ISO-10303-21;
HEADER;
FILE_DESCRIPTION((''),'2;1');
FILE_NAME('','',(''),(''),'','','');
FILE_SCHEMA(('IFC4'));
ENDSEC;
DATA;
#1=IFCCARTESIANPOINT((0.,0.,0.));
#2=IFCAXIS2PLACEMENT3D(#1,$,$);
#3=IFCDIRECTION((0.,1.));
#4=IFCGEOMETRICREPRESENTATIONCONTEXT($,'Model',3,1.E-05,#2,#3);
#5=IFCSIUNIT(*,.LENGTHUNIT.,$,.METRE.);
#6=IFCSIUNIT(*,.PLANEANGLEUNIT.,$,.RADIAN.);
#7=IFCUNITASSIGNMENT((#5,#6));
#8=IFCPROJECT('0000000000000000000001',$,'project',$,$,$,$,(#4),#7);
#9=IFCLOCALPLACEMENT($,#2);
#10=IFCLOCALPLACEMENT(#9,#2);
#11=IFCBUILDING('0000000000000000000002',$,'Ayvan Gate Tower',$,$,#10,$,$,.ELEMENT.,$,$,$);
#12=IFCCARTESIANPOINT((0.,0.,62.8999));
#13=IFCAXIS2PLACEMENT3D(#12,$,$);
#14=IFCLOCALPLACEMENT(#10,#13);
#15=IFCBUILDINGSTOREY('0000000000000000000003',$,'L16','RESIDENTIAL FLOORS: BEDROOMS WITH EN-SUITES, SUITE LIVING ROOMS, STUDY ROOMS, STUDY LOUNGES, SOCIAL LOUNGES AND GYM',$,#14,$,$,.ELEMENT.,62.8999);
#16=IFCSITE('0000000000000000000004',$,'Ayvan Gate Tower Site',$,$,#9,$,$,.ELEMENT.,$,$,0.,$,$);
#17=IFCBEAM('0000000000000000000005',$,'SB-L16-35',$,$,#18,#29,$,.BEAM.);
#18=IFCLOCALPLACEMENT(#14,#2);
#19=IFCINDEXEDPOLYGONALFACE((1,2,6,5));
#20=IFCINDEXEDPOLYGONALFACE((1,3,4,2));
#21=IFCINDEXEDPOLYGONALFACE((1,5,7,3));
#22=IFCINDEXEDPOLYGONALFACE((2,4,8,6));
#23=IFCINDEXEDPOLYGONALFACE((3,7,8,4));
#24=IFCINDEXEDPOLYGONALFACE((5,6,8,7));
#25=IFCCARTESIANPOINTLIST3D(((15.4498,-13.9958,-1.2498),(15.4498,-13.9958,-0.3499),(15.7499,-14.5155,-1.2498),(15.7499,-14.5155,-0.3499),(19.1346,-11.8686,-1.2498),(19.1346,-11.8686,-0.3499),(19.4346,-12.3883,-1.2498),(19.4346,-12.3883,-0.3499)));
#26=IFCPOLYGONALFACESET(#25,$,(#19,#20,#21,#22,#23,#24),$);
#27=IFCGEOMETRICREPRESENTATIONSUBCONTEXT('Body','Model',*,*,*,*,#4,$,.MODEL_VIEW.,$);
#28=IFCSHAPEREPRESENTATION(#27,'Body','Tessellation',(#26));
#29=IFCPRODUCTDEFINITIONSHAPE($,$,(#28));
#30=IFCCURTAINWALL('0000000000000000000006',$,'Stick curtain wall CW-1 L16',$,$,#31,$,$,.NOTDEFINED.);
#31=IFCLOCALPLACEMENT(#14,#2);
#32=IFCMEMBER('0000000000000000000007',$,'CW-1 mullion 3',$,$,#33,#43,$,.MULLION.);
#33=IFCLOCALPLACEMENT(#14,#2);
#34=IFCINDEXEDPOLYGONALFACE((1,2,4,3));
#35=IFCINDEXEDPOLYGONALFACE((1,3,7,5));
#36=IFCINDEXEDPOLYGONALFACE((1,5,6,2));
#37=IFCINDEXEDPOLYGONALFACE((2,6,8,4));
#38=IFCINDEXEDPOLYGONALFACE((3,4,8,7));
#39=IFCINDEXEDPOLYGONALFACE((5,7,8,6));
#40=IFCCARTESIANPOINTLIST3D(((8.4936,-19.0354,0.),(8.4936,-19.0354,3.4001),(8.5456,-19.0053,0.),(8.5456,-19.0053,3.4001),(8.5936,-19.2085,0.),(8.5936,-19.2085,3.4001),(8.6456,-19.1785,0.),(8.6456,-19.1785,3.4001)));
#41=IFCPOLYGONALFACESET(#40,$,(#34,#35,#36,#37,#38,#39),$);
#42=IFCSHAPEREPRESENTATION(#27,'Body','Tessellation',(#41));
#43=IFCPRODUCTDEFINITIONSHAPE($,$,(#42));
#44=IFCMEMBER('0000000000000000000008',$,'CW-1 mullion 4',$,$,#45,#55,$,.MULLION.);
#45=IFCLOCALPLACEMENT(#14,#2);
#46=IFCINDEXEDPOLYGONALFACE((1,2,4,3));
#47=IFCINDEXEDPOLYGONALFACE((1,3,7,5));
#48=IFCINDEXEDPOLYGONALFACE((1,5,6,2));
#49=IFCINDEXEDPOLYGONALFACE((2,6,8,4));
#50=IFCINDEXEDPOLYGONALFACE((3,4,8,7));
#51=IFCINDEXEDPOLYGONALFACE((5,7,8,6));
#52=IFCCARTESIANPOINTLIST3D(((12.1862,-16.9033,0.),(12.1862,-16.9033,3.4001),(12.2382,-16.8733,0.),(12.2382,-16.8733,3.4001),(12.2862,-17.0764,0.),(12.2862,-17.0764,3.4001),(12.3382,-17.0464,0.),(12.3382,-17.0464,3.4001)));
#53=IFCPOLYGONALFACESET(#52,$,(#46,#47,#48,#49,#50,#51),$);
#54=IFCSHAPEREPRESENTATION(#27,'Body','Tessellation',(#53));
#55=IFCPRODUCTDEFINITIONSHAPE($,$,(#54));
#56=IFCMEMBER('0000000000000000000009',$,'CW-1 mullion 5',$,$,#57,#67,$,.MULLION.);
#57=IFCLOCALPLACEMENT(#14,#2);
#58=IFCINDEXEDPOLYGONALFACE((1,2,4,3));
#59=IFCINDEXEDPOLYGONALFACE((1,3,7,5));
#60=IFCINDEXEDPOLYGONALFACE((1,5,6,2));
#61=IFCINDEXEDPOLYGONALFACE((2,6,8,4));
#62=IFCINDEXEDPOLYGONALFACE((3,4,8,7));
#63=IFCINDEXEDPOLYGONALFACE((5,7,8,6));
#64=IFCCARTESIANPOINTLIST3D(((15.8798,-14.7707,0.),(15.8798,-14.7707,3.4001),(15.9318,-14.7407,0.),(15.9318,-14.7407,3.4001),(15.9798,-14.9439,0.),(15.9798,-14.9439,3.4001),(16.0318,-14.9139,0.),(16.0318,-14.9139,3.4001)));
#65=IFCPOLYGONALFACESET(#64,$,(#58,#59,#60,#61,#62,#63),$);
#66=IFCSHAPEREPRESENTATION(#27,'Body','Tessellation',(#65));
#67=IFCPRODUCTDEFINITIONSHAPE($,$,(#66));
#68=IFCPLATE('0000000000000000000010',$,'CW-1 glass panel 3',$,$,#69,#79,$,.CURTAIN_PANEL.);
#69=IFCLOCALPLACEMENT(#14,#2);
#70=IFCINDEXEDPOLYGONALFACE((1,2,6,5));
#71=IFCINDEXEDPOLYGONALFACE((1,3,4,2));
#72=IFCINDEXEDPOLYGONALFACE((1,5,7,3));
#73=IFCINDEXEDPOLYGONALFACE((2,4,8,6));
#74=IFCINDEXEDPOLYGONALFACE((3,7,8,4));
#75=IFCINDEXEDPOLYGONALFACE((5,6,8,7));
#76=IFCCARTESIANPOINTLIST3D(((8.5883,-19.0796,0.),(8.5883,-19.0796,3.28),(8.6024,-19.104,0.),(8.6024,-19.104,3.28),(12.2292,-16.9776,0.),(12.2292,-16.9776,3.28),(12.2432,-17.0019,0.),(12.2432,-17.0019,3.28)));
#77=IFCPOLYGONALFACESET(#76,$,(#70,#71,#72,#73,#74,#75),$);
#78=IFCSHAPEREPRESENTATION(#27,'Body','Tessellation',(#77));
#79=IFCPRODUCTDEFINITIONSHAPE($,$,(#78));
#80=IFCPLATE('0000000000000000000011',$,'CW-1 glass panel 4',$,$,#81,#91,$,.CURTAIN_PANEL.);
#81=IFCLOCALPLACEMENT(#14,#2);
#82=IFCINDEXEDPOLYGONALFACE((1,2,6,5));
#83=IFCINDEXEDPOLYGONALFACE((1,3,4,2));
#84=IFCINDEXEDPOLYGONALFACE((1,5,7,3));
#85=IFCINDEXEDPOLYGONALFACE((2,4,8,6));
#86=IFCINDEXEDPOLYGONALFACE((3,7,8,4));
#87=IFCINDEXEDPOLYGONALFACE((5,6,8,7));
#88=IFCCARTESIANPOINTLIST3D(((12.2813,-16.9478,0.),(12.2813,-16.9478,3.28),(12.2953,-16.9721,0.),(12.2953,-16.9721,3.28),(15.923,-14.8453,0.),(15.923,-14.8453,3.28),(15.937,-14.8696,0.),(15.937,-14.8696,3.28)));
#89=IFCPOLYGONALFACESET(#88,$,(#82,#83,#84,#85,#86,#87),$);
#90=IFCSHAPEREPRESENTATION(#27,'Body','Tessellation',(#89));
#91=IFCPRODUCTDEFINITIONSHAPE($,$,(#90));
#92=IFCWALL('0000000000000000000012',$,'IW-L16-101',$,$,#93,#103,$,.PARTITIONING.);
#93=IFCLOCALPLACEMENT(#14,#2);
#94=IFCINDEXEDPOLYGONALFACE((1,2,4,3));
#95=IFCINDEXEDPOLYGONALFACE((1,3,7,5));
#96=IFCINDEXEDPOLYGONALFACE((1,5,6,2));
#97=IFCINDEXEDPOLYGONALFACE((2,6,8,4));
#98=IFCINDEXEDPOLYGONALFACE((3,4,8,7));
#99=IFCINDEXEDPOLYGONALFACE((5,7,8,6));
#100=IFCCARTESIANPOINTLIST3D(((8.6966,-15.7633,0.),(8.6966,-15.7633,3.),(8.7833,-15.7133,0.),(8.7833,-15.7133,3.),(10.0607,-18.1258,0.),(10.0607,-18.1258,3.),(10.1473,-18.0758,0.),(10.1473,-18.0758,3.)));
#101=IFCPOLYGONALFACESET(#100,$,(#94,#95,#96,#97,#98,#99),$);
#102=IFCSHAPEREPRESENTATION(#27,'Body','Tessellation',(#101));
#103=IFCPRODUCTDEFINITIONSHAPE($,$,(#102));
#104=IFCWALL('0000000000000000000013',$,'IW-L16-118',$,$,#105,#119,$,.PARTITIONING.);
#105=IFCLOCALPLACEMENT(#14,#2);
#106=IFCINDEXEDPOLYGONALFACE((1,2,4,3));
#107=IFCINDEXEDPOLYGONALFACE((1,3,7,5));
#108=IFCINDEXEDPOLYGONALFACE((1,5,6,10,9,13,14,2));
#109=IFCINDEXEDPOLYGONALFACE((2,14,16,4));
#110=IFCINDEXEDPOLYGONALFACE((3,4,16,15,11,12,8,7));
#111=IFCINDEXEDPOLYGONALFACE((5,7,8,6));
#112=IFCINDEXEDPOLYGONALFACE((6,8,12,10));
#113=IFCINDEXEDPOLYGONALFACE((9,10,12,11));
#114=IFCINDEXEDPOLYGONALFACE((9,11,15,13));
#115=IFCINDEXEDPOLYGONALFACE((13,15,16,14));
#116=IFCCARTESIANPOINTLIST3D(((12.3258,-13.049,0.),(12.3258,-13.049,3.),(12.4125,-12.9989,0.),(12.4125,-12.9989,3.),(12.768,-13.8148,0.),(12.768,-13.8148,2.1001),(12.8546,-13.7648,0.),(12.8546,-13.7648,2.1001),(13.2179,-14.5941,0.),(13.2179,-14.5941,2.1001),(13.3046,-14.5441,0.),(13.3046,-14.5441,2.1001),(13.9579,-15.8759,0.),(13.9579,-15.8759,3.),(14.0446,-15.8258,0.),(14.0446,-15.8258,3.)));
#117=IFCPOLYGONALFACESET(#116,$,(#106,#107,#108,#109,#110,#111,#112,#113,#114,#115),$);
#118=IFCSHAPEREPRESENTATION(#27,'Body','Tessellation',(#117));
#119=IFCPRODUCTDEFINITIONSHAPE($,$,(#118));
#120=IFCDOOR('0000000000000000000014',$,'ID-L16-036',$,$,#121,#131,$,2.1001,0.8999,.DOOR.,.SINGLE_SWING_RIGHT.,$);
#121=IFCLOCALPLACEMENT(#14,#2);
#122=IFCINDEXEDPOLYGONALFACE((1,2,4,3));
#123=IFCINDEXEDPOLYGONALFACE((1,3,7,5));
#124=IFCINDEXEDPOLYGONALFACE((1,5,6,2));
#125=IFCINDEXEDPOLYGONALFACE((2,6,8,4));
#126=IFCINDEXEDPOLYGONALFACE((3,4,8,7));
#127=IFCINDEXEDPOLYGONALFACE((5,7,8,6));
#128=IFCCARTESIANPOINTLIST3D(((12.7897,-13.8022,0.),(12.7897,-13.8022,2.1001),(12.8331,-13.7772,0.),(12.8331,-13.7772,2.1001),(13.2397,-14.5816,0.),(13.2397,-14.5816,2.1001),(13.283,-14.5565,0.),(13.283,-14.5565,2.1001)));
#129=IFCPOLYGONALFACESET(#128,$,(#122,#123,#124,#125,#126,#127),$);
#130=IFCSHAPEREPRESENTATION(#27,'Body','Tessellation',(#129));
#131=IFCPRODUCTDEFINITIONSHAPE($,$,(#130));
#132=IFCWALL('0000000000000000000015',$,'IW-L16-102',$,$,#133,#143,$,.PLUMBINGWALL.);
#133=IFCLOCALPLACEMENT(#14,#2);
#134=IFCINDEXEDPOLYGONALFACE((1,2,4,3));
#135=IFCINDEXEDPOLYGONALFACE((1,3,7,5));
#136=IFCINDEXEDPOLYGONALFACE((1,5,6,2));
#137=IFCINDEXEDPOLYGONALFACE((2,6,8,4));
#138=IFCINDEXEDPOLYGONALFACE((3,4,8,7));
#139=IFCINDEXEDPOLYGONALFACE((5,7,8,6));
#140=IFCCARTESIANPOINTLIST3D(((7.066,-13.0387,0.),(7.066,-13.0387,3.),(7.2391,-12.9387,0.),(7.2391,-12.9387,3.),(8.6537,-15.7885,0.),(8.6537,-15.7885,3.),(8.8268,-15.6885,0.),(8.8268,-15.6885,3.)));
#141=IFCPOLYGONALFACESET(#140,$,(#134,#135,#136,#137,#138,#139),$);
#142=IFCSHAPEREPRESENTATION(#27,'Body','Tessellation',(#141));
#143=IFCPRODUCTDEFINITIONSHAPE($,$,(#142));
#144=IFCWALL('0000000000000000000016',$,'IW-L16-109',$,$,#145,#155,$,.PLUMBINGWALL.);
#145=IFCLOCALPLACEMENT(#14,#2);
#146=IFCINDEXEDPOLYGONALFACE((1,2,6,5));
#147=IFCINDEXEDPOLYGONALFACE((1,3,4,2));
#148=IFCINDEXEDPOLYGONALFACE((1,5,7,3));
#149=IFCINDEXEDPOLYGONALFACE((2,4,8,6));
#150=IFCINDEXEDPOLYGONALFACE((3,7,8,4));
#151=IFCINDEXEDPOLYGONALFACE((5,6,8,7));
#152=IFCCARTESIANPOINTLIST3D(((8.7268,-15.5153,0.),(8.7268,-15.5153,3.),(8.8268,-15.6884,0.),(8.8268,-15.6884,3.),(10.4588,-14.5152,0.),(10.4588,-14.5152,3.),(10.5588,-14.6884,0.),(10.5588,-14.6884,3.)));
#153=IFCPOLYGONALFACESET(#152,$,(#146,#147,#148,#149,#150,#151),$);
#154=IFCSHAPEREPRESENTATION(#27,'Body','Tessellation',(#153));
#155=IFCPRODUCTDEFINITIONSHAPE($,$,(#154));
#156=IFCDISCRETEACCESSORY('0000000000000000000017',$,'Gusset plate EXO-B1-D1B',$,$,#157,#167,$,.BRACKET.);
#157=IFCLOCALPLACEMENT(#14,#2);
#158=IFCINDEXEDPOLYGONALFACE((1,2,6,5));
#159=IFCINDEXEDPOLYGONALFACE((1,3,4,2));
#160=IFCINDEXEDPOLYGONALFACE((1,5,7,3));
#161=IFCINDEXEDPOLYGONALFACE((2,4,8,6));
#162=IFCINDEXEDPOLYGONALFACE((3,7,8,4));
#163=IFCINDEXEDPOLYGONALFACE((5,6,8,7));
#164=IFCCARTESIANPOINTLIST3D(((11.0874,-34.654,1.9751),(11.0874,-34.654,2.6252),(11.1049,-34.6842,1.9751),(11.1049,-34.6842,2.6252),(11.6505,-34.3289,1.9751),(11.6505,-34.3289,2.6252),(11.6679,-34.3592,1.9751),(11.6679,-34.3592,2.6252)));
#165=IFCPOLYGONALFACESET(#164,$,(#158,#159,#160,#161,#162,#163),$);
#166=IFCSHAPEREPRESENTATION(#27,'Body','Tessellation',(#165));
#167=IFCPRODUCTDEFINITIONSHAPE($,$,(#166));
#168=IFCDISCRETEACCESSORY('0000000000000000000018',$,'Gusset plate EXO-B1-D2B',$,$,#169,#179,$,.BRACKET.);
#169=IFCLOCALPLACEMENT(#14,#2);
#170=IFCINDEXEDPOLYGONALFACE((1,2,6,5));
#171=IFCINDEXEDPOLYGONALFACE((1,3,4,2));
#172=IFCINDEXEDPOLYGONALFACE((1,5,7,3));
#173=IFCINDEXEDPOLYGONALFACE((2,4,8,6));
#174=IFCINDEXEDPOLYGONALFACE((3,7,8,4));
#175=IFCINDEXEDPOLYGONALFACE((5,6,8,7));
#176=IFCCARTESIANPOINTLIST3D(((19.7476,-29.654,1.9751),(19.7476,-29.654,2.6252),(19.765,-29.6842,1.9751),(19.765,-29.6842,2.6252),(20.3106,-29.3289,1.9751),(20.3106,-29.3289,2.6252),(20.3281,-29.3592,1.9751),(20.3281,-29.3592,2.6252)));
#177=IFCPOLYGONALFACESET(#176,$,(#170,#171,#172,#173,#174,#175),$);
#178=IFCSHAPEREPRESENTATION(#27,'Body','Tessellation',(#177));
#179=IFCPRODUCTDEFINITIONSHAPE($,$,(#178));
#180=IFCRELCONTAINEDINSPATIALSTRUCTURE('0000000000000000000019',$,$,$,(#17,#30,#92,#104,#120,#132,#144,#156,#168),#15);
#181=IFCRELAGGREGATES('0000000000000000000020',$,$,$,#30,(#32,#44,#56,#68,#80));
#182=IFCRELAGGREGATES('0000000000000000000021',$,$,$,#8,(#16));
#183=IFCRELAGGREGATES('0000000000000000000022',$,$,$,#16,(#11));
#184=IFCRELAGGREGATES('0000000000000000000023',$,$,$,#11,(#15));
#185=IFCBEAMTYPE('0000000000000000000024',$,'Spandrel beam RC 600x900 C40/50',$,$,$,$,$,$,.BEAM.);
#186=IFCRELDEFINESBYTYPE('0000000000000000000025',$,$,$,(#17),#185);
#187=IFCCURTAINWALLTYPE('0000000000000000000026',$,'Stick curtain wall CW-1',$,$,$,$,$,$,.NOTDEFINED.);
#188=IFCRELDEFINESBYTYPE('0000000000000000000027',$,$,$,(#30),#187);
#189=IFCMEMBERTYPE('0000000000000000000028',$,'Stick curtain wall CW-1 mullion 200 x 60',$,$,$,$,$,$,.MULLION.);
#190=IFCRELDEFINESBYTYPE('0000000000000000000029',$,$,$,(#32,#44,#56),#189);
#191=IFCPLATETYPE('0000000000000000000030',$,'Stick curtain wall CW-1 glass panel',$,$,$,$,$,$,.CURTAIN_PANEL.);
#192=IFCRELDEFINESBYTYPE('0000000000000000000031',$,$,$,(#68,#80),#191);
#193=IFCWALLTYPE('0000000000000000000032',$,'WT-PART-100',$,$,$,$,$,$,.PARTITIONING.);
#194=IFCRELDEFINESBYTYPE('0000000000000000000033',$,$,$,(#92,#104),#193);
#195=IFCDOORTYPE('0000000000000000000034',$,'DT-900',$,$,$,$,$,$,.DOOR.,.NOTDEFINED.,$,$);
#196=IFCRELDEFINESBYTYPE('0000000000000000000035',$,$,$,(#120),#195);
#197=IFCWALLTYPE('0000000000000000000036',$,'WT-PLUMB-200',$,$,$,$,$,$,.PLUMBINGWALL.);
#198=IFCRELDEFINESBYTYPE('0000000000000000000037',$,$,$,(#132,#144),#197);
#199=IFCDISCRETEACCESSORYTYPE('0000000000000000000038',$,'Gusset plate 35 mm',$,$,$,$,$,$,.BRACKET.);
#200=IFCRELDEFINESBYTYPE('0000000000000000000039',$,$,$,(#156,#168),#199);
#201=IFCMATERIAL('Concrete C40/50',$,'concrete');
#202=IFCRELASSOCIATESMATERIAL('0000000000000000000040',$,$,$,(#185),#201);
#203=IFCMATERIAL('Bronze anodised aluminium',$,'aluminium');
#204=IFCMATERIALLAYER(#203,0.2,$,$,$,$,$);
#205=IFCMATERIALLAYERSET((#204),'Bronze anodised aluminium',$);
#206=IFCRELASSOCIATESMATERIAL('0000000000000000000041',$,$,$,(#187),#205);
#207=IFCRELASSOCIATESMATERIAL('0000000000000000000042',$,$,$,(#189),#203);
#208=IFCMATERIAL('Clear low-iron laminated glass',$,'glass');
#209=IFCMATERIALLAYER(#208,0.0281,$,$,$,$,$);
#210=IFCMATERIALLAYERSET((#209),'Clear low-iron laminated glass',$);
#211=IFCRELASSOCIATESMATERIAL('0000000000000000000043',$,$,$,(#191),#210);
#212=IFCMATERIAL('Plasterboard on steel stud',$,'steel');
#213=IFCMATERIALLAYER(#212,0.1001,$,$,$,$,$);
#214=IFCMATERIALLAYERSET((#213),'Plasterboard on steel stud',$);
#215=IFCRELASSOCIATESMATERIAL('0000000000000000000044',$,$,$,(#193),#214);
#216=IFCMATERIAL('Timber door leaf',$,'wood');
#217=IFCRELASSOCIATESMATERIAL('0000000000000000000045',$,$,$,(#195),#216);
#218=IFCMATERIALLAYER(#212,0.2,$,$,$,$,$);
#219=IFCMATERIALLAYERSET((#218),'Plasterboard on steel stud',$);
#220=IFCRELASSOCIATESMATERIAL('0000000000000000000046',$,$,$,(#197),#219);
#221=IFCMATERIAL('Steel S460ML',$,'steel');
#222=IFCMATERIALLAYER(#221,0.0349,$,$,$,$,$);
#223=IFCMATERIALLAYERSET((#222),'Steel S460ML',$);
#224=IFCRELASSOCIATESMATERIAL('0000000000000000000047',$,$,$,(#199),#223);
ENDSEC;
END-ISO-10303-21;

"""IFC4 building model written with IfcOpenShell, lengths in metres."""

from ifc_helpers import new_model, si_unit, direction, frame, frame_2d, origin, origin_2d, place, context, subcontext, project, spatial, rectangle, extrude, material, layer, layer_set, material_profile, profile_set, type_object, element, fill, aggregate, save


model = new_model("IFC4")

# Units and contexts
model_context = context("Model", 3, precision=1e-05, world=origin(), true_north=direction((0.0, 1.0)))
body_context = subcontext(model_context, "Body", "Model", "MODEL_VIEW")
ifc_project = project(units=[si_unit("LENGTHUNIT", "METRE"), si_unit("PLANEANGLEUNIT", "RADIAN")], contexts=[model_context])

# Site, building, storey
site_placement = place(None, origin())
site = spatial("IfcSite", under=ifc_project, at=site_placement, Name="Ayvan Gate Tower Site", CompositionType="ELEMENT", RefElevation=0.0)
building_placement = place(site_placement, origin())
building = spatial("IfcBuilding", under=site, at=building_placement, Name="Ayvan Gate Tower", CompositionType="ELEMENT")
storey_placement = place(building_placement, frame((0.0, 0.0, 62.8999)))
storey = spatial("IfcBuildingStorey", under=building, at=storey_placement, Name="L16", Description="RESIDENTIAL FLOORS: BEDROOMS WITH EN-SUITES, SUITE LIVING ROOMS, STUDY ROOMS, STUDY LOUNGES, SOCIAL LOUNGES AND GYM", CompositionType="ELEMENT", Elevation=62.8999)

# Beam
ifc_material_1 = material(Name="Concrete C40/50", Category="concrete")
ifc_material_profile_1 = material_profile(ifc_material_1, rectangle(XDim=0.6001, YDim=0.8999, at=origin_2d()), Name="RC 600x900")
ifc_profile_set_1 = profile_set([ifc_material_profile_1], Name="Concrete C40/50")
beam_type = type_object("IfcBeamType", Name="Spandrel beam RC 600x900 C40/50", PredefinedType="BEAM", material=ifc_profile_set_1)
for number, where, z_axis, x_axis, name in (
    (1, (15.5999, -14.2556, -0.7998), (0.866049, 0.499959, 0.0), (-0.499959, 0.866049, 0.0), "SB-L16-35"),
):
    element("IfcBeam", number, at=place(storey_placement, frame(where, z_axis=z_axis, x_axis=x_axis)), inside=storey, type_object=beam_type, Name=name, PredefinedType="BEAM", context=body_context, shape_type="SweptSolid", body=[
        extrude(rectangle(XDim=0.6001, YDim=0.8999, at=origin_2d()), origin(), (0.0, 0.0, 1.0), 4.2546),
    ])

# Curtain wall, members, plates
ifc_material_2 = material(Name="Bronze anodised aluminium", Category="aluminium")
ifc_layer_1 = layer(ifc_material_2, 0.2)
ifc_layer_set_1 = layer_set([ifc_layer_1], Name="Bronze anodised aluminium")
curtain_wall_type = type_object("IfcCurtainWallType", Name="Stick curtain wall CW-1", PredefinedType="NOTDEFINED", material=ifc_layer_set_1)
curtain_wall_placement = place(storey_placement, origin())
curtain_wall = element("IfcCurtainWall", 2, at=curtain_wall_placement, inside=storey, type_object=curtain_wall_type, Name="Stick curtain wall CW-1 L16", PredefinedType="NOTDEFINED")
ifc_material_profile_2 = material_profile(ifc_material_2, rectangle(XDim=0.2, YDim=0.0601, at=origin_2d()), Name="Stick curtain wall CW-1 mullion 200 x 60")
ifc_profile_set_2 = profile_set([ifc_material_profile_2], Name="Bronze anodised aluminium")
member_type_1 = type_object("IfcMemberType", Name="Stick curtain wall CW-1 mullion 200 x 60", PredefinedType="MULLION", material=ifc_profile_set_2)
member_1_placement = place(storey_placement, frame((8.5696, -19.1069, 0.0), z_axis=(0.0, 0.0, 1.0), x_axis=(0.5, -0.866025, 0.0)))
member_1 = element("IfcMember", 3, at=member_1_placement, type_object=member_type_1, Name="CW-1 mullion 3", PredefinedType="MULLION", context=body_context, shape_type="SweptSolid", body=[
    extrude(rectangle(XDim=0.2, YDim=0.0601, at=origin_2d()), origin(), (0.0, 0.0, 1.0), 3.4001),
])
member_2_placement = place(storey_placement, frame((12.2622, -16.9749, 0.0), z_axis=(0.0, 0.0, 1.0), x_axis=(0.5, -0.866025, 0.0)))
member_2 = element("IfcMember", 4, at=member_2_placement, type_object=member_type_1, Name="CW-1 mullion 4", PredefinedType="MULLION", context=body_context, shape_type="SweptSolid", body=[
    extrude(rectangle(XDim=0.2, YDim=0.0601, at=origin_2d()), origin(), (0.0, 0.0, 1.0), 3.4001),
])
member_3_placement = place(storey_placement, frame((15.9558, -14.8423, 0.0), z_axis=(0.0, 0.0, 1.0), x_axis=(0.5, -0.866025, 0.0)))
member_3 = element("IfcMember", 5, at=member_3_placement, type_object=member_type_1, Name="CW-1 mullion 5", PredefinedType="MULLION", context=body_context, shape_type="SweptSolid", body=[
    extrude(rectangle(XDim=0.2, YDim=0.0601, at=origin_2d()), origin(), (0.0, 0.0, 1.0), 3.4001),
])
ifc_material_3 = material(Name="Clear low-iron laminated glass", Category="glass")
ifc_layer_2 = layer(ifc_material_3, 0.0281)
ifc_layer_set_2 = layer_set([ifc_layer_2], Name="Clear low-iron laminated glass")
plate_type = type_object("IfcPlateType", Name="Stick curtain wall CW-1 glass panel", PredefinedType="CURTAIN_PANEL", material=ifc_layer_set_2)
plate_1_placement = place(storey_placement, frame((10.4158, -18.0408, 0.0), z_axis=(0.0, 0.0, 1.0), x_axis=(0.866025, 0.5, 0.0)))
plate_1 = element("IfcPlate", 6, at=plate_1_placement, type_object=plate_type, Name="CW-1 glass panel 3", PredefinedType="CURTAIN_PANEL", context=body_context, shape_type="SweptSolid", body=[
    extrude(rectangle(XDim=4.2041, YDim=0.0281, at=origin_2d()), origin(), (0.0, 0.0, 1.0), 3.28),
])
plate_2_placement = place(storey_placement, frame((14.1091, -15.9087, 0.0), z_axis=(0.0, 0.0, 1.0), x_axis=(0.866025, 0.5, 0.0)))
plate_2 = element("IfcPlate", 7, at=plate_2_placement, type_object=plate_type, Name="CW-1 glass panel 4", PredefinedType="CURTAIN_PANEL", context=body_context, shape_type="SweptSolid", body=[
    extrude(rectangle(XDim=4.2051, YDim=0.0281, at=origin_2d()), origin(), (0.0, 0.0, 1.0), 3.28),
])
aggregate(curtain_wall, [member_1, member_2, member_3, plate_1, plate_2])

# Wall
ifc_material_4 = material(Name="Plasterboard on steel stud", Category="steel")
ifc_layer_3 = layer(ifc_material_4, 0.1001)
ifc_layer_set_3 = layer_set([ifc_layer_3], Name="Plasterboard on steel stud")
wall_type_1 = type_object("IfcWallType", Name="WT-PART-100", PredefinedType="PARTITIONING", material=ifc_layer_set_3)
wall_1_placement = place(storey_placement, frame((8.74, -15.7383, 0.0), z_axis=(0.0, 0.0, 1.0), x_axis=(0.499999, -0.866026, 0.0)))
element("IfcWall", 8, at=wall_1_placement, inside=storey, type_object=wall_type_1, Name="IW-L16-101", PredefinedType="PARTITIONING", context=body_context, shape_type="SweptSolid", body=[
    extrude(rectangle(XDim=2.728, YDim=0.1001, at=frame_2d((1.364, 0.0))), origin(), (0.0, 0.0, 1.0), 3.0),
])

# Wall, opening, door
wall_2_placement = place(storey_placement, frame((14.0012, -15.8508, 0.0), z_axis=(0.0, 0.0, 1.0), x_axis=(-0.499992, 0.86603, 0.0)))
wall_2 = element("IfcWall", 9, at=wall_2_placement, inside=storey, type_object=wall_type_1, Name="IW-L16-118", PredefinedType="PARTITIONING", context=body_context, shape_type="SweptSolid", body=[
    extrude(rectangle(XDim=3.2642, YDim=0.1001, at=frame_2d((1.6321, 0.0))), origin(), (0.0, 0.0, 1.0), 3.0),
])
opening_placement = place(wall_2_placement, frame((1.48, 0.0, 0.0)))
opening = element("IfcOpeningElement", 10, at=opening_placement, cuts=wall_2, PredefinedType="OPENING", context=body_context, shape_type="SweptSolid", body=[
    extrude(rectangle(XDim=0.8999, YDim=2.1001, at=frame_2d((0.45, 1.05))), frame((0.0, 0.0601, 0.0), z_axis=(0.0, -1.0, 0.0), x_axis=(1.0, 0.0, 0.0)), (0.0, 0.0, 1.0), 0.1201),
])
ifc_material_5 = material(Name="Timber door leaf", Category="wood")
door_type = type_object("IfcDoorType", Name="DT-900", OperationType="NOTDEFINED", PredefinedType="DOOR", material=ifc_material_5)
door_placement = place(opening_placement, origin())
door = element("IfcDoor", 11, at=door_placement, inside=storey, type_object=door_type, Name="ID-L16-036", OperationType="SINGLE_SWING_RIGHT", OverallHeight=2.1001, OverallWidth=0.8999, PredefinedType="DOOR", context=body_context, shape_type="SweptSolid", body=[
    extrude(rectangle(XDim=0.8999, YDim=2.1001, at=frame_2d((0.45, 1.05))), frame((0.0, 0.0249, 0.0), z_axis=(0.0, -1.0, 0.0), x_axis=(1.0, 0.0, 0.0)), (0.0, 0.0, 1.0), 0.05),
])
fill(opening, door)

# Walls
ifc_layer_4 = layer(ifc_material_4, 0.2)
ifc_layer_set_4 = layer_set([ifc_layer_4], Name="Plasterboard on steel stud")
wall_type_2 = type_object("IfcWallType", Name="WT-PLUMB-200", PredefinedType="PLUMBINGWALL", material=ifc_layer_set_4)
wall_3_placement = place(storey_placement, frame((8.7402, -15.7385, 0.0), z_axis=(0.0, 0.0, 1.0), x_axis=(-0.500018, 0.866015, 0.0)))
element("IfcWall", 12, at=wall_3_placement, inside=storey, type_object=wall_type_2, Name="IW-L16-102", PredefinedType="PLUMBINGWALL", context=body_context, shape_type="SweptSolid", body=[
    extrude(rectangle(XDim=3.1753, YDim=0.2, at=frame_2d((1.5876, 0.0))), origin(), (0.0, 0.0, 1.0), 3.0),
])
wall_4_placement = place(storey_placement, frame((10.5088, -14.6018, 0.0), z_axis=(0.0, 0.0, 1.0), x_axis=(-0.866011, -0.500025, 0.0)))
element("IfcWall", 13, at=wall_4_placement, inside=storey, type_object=wall_type_2, Name="IW-L16-109", PredefinedType="PLUMBINGWALL", context=body_context, shape_type="SweptSolid", body=[
    extrude(rectangle(XDim=2.0, YDim=0.2, at=frame_2d((1.0, 0.0))), origin(), (0.0, 0.0, 1.0), 3.0),
])

# Discrete accessories
ifc_material_6 = material(Name="Steel S460ML", Category="steel")
ifc_layer_5 = layer(ifc_material_6, 0.0349)
ifc_layer_set_5 = layer_set([ifc_layer_5], Name="Steel S460ML")
discrete_accessory_type_1 = type_object("IfcDiscreteAccessoryType", Name="Gusset plate 35 mm", PredefinedType="BRACKET", material=ifc_layer_set_5)
for number, where, z_axis, x_axis, name in (
    (14, (11.3777, -34.5066, 1.9751), (0.0, 0.0, 1.0), (0.866025, 0.5, 0.0), "Gusset plate EXO-B1-D1B"),
    (15, (20.0378, -29.5066, 1.9751), (0.0, 0.0, 1.0), (0.866025, 0.5, 0.0), "Gusset plate EXO-B1-D2B"),
):
    element("IfcDiscreteAccessory", number, at=place(storey_placement, frame(where, z_axis=z_axis, x_axis=x_axis)), inside=storey, type_object=discrete_accessory_type_1, Name=name, PredefinedType="BRACKET", context=body_context, shape_type="SweptSolid", body=[
        extrude(rectangle(XDim=0.6501, YDim=0.0349, at=origin_2d()), origin(), (0.0, 0.0, 1.0), 0.6501),
    ])

save(model, "model.ifc")
